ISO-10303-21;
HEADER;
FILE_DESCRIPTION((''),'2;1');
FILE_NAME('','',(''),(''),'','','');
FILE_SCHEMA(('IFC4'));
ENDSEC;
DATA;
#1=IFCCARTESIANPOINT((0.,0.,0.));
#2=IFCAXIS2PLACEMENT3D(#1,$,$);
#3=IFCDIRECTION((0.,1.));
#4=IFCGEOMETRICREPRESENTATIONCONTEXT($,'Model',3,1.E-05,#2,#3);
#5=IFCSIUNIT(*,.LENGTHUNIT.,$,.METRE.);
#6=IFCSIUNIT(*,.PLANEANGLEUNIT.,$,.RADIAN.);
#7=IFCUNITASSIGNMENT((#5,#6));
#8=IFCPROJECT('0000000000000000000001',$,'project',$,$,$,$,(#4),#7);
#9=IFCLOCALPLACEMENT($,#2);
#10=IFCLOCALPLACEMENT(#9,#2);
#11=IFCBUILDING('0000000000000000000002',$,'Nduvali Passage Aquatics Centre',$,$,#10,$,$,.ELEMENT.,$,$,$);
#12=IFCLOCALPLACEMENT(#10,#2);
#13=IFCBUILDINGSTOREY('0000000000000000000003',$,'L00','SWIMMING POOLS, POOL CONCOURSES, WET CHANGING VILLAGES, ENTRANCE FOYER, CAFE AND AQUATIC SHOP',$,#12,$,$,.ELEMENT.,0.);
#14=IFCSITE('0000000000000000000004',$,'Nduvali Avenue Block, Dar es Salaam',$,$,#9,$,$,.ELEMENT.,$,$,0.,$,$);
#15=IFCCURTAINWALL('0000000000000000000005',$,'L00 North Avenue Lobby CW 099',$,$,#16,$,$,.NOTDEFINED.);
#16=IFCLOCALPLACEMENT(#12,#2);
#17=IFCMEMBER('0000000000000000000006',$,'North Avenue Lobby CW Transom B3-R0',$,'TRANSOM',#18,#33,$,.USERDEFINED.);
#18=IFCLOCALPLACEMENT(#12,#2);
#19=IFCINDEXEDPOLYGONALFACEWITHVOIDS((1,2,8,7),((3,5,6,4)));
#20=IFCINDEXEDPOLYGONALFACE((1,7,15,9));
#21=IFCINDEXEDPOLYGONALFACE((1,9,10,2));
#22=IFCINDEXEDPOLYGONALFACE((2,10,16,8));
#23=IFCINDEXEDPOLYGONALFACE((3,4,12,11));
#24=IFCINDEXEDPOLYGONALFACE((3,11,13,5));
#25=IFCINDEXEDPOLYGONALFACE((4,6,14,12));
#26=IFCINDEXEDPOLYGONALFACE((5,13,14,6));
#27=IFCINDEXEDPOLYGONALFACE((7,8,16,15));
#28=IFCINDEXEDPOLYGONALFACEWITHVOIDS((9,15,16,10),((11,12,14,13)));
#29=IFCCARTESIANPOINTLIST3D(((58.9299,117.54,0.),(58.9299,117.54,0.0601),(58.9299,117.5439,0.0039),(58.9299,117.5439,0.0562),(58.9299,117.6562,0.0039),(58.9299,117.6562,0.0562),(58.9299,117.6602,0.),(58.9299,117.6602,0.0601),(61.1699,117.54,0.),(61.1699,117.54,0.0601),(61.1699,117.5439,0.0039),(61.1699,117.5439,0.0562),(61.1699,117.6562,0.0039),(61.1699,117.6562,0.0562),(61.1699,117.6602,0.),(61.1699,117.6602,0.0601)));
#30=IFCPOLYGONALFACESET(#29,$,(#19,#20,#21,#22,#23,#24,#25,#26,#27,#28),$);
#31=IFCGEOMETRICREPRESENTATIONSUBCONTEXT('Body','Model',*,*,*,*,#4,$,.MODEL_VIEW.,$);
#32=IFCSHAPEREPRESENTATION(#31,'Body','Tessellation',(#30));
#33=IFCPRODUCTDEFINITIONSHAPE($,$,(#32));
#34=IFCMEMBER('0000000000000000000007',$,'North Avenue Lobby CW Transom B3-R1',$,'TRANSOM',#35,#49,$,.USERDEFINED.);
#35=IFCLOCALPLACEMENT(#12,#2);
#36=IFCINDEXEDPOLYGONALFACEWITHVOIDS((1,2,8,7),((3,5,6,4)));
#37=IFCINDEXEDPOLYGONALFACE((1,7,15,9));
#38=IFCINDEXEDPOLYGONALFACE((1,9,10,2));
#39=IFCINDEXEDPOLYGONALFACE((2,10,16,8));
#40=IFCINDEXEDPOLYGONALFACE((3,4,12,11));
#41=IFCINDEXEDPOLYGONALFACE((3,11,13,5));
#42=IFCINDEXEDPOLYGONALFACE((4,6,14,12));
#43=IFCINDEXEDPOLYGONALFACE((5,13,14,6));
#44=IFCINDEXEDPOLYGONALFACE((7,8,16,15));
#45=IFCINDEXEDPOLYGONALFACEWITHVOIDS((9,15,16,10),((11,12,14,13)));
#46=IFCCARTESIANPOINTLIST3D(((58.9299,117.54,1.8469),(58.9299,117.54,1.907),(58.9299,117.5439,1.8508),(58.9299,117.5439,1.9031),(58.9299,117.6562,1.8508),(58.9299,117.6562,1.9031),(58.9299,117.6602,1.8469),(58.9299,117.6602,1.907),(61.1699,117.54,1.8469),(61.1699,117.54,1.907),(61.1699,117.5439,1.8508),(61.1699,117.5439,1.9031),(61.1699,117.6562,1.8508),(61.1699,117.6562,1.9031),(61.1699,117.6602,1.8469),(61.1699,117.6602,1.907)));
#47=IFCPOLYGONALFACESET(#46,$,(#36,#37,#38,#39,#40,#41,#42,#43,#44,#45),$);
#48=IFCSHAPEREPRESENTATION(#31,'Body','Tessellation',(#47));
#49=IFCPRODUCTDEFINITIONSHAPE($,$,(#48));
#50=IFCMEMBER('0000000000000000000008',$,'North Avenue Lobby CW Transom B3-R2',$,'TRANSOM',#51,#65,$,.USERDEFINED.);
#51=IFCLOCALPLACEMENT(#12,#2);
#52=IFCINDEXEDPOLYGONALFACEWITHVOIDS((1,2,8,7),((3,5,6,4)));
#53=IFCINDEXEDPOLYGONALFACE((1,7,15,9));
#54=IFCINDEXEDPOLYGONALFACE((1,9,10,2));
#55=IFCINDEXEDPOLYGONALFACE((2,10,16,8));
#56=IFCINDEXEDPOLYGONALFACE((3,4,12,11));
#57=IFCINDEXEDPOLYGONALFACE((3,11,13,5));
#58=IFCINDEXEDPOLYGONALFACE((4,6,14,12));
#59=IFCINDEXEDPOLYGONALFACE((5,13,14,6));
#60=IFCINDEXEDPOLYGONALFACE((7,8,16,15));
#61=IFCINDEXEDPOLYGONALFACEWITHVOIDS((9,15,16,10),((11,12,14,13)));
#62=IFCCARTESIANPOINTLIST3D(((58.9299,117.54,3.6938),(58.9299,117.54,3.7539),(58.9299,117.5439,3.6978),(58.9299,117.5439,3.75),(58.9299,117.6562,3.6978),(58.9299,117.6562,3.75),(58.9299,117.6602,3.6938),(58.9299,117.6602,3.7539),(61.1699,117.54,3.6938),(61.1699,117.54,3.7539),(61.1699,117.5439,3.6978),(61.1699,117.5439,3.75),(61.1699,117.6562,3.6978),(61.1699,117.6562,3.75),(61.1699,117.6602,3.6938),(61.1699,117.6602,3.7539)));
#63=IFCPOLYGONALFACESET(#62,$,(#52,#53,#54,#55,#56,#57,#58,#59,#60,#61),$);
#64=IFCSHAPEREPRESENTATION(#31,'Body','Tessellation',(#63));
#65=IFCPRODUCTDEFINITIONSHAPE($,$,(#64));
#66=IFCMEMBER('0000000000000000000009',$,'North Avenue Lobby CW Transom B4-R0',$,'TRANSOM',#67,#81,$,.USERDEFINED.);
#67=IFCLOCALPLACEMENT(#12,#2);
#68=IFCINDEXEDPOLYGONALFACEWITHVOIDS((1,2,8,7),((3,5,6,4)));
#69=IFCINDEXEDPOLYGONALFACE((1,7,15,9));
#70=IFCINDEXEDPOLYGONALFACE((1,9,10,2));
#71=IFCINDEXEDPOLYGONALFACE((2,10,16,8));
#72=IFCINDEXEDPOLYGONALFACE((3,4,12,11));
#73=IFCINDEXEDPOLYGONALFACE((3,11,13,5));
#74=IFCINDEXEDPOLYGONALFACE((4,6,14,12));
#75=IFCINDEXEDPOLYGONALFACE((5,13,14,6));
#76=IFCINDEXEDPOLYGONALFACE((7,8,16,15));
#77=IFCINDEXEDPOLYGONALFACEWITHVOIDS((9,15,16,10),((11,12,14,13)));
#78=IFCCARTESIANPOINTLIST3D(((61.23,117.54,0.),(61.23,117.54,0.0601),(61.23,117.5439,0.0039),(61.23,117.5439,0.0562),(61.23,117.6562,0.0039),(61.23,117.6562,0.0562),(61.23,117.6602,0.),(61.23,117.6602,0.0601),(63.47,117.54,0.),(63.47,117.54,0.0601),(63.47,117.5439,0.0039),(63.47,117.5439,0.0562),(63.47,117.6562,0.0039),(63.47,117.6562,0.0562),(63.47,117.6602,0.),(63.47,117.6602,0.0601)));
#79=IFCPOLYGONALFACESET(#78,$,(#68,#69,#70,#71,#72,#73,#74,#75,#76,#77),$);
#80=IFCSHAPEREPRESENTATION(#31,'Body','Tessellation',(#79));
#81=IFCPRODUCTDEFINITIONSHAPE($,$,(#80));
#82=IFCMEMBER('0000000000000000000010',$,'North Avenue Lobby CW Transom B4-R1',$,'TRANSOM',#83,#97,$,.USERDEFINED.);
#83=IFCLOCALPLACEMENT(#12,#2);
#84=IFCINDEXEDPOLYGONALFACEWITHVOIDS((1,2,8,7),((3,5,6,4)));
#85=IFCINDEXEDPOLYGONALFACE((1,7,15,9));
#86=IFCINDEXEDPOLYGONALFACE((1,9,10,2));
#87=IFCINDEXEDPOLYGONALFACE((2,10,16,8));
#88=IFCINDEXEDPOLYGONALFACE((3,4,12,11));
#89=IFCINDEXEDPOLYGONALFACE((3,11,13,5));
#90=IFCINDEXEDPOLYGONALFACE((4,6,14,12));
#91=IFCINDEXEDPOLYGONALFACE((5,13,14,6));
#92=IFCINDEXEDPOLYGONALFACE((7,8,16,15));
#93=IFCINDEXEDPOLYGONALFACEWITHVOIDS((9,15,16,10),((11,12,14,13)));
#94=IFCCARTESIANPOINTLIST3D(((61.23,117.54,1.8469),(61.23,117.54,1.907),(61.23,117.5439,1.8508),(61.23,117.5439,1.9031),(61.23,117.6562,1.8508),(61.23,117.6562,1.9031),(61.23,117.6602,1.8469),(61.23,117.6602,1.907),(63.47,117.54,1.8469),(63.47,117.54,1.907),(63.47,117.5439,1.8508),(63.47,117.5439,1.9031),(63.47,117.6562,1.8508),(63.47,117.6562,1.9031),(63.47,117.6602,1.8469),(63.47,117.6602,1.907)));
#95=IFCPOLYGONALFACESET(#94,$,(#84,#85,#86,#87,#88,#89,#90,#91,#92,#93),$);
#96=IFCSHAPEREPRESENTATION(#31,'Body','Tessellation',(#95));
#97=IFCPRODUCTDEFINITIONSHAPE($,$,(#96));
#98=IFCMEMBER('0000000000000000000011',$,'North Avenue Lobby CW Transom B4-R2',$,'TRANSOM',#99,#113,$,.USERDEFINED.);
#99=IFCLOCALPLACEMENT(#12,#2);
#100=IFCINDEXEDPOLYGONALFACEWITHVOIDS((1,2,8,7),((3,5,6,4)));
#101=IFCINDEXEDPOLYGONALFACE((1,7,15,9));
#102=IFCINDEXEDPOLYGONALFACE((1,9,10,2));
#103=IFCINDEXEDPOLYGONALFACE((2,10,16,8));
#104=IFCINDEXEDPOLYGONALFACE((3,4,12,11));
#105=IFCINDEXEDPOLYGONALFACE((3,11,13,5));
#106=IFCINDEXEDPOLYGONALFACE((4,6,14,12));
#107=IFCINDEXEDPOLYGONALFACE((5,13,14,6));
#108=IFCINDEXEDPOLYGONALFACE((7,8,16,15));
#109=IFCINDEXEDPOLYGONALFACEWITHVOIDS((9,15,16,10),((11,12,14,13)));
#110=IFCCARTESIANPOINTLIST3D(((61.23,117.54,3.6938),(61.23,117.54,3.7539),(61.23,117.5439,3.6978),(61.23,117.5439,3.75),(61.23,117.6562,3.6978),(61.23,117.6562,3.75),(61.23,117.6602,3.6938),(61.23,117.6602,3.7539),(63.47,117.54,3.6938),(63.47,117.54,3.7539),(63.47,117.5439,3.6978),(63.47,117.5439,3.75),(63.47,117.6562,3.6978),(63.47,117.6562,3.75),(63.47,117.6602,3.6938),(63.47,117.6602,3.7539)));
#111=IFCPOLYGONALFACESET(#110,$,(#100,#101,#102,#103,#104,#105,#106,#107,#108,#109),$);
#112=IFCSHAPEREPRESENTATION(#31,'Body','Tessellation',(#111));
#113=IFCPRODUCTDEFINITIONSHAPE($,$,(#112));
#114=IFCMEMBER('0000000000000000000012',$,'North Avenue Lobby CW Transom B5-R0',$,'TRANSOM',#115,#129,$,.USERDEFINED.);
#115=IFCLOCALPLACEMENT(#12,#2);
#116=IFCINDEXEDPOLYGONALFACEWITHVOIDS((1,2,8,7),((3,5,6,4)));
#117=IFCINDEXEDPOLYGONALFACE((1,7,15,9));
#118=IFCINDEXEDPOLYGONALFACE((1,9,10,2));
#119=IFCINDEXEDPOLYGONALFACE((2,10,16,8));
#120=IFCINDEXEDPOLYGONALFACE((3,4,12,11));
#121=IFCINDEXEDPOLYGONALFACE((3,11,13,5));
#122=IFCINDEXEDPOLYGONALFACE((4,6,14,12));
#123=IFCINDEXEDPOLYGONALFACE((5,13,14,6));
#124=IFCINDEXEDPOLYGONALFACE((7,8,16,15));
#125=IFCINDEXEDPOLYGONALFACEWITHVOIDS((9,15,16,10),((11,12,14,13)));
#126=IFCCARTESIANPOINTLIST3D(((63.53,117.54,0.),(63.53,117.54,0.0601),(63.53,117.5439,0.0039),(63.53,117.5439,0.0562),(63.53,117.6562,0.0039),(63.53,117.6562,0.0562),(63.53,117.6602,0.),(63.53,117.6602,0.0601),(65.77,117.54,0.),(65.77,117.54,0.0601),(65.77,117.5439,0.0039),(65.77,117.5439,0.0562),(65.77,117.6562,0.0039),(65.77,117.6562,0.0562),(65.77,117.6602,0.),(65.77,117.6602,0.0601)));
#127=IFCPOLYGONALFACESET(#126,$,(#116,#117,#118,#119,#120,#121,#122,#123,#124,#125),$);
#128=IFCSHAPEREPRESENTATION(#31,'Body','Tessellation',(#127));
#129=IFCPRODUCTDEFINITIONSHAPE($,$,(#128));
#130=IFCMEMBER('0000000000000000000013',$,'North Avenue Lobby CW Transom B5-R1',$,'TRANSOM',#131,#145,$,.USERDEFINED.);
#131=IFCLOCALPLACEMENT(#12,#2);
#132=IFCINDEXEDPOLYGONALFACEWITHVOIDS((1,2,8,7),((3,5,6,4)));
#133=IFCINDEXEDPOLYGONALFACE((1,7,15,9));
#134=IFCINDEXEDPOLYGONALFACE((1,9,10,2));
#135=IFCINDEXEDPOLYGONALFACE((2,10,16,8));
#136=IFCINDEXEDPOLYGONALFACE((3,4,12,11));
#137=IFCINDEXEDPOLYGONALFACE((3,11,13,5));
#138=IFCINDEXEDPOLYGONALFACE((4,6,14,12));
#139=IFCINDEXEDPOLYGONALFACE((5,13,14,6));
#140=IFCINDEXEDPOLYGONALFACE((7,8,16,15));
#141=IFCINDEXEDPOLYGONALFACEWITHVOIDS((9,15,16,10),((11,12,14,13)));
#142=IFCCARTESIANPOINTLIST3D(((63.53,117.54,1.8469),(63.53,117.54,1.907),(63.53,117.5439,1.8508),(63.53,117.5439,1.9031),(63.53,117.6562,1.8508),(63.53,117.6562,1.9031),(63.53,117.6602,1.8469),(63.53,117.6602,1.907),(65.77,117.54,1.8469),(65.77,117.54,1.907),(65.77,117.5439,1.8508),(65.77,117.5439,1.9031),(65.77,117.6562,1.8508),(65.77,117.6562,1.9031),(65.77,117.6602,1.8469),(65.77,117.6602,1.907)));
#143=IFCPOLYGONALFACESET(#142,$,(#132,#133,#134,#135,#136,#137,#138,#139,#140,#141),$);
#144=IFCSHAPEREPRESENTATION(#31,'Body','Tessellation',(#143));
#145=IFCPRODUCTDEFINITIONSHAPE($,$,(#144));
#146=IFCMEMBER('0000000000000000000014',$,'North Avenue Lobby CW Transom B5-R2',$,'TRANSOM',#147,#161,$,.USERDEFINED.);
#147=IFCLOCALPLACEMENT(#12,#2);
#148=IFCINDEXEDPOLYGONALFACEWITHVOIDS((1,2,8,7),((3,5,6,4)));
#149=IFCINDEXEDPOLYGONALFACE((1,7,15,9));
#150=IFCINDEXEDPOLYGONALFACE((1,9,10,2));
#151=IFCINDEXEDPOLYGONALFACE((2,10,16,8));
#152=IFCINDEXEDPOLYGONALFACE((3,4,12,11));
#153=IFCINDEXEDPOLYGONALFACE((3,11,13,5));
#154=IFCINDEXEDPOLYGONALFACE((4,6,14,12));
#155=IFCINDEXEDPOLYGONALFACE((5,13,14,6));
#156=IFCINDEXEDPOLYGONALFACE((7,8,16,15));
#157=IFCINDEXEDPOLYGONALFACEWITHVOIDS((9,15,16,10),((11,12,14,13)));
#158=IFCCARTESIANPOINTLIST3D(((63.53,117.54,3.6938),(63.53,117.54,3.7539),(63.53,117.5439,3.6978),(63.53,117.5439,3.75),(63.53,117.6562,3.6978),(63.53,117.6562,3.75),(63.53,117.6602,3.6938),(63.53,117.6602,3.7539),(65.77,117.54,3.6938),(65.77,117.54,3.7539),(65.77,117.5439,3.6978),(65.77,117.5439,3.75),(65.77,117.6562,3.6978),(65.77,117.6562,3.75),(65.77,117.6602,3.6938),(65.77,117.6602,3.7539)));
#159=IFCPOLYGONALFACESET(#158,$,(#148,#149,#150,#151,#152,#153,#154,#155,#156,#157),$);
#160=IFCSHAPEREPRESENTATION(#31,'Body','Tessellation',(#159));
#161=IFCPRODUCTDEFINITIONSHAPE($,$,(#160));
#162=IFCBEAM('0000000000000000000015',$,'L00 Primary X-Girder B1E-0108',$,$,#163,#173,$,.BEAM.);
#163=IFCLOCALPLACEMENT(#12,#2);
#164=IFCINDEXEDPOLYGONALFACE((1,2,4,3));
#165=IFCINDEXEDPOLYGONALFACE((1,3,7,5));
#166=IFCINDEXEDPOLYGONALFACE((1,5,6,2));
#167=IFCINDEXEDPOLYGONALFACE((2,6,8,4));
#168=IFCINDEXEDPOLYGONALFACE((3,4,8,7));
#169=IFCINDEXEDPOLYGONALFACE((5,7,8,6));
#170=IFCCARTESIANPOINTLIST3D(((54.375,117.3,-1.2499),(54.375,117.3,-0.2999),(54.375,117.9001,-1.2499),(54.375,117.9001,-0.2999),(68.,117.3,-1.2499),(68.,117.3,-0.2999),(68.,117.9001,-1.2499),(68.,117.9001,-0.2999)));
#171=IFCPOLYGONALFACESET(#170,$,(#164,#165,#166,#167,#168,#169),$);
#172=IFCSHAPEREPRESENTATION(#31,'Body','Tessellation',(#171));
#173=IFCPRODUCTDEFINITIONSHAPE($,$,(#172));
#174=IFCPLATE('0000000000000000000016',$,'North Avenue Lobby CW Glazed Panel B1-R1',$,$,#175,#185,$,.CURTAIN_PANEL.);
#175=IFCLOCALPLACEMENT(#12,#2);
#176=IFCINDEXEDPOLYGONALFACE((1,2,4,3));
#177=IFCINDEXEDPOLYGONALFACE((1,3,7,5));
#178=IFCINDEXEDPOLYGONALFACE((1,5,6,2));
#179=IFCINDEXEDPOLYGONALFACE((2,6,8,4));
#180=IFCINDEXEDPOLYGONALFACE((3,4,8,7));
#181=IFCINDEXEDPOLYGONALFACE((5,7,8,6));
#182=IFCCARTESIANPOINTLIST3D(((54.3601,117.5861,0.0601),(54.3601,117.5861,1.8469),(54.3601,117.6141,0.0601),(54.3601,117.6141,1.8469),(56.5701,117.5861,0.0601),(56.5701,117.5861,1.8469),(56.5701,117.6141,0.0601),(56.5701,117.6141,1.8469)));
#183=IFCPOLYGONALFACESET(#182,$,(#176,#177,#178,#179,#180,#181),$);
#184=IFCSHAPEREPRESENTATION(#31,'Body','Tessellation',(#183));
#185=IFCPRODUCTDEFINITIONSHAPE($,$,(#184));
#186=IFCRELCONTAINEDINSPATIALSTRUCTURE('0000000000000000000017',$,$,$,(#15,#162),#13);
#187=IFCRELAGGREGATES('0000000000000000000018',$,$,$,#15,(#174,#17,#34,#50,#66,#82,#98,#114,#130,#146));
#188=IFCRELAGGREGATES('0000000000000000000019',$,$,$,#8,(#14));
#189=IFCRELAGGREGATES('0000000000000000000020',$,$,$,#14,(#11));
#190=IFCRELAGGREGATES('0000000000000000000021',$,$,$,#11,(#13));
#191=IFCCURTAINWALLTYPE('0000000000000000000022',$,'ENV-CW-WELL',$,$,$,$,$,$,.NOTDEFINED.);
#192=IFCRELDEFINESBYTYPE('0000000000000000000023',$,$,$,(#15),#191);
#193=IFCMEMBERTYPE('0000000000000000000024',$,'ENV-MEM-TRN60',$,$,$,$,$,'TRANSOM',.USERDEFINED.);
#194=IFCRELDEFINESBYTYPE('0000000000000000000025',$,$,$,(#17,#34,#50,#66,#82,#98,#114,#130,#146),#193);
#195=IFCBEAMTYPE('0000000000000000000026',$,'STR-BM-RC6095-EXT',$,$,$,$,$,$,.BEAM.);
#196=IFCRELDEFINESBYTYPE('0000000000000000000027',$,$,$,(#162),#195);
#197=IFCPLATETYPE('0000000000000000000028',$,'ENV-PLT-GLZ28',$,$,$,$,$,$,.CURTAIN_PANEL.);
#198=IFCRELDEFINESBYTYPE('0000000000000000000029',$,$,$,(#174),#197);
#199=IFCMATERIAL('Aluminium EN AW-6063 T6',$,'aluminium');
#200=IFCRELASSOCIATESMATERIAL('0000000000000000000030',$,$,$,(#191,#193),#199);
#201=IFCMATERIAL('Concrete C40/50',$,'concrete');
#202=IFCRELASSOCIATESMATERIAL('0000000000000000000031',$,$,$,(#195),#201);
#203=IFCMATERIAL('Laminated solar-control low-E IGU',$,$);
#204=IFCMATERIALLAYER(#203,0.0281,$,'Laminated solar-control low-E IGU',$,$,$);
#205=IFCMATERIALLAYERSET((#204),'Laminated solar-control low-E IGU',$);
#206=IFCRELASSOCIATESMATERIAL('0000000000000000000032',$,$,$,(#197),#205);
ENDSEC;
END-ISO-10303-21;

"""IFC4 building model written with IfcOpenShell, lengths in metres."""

from ifc_helpers import new_model, si_unit, direction, frame, origin, origin_2d, place, context, subcontext, project, spatial, rectangle, hollow_rectangle, extrude, material, layer, layer_set, material_profile, profile_set, type_object, element, aggregate, save


model = new_model("IFC4")

# Units and contexts
model_context = context("Model", 3, precision=1e-05, world=origin(), true_north=direction((0.0, 1.0)))
body_context = subcontext(model_context, "Body", "Model", "MODEL_VIEW")
ifc_project = project(units=[si_unit("LENGTHUNIT", "METRE"), si_unit("PLANEANGLEUNIT", "RADIAN")], contexts=[model_context])

# Site, building, storey
site_placement = place(None, origin())
site = spatial("IfcSite", under=ifc_project, at=site_placement, Name="Nduvali Avenue Block, Dar es Salaam", CompositionType="ELEMENT", RefElevation=0.0)
building_placement = place(site_placement, origin())
building = spatial("IfcBuilding", under=site, at=building_placement, Name="Nduvali Passage Aquatics Centre", CompositionType="ELEMENT")
storey_placement = place(building_placement, origin())
storey = spatial("IfcBuildingStorey", under=building, at=storey_placement, Name="L00", Description="SWIMMING POOLS, POOL CONCOURSES, WET CHANGING VILLAGES, ENTRANCE FOYER, CAFE AND AQUATIC SHOP", CompositionType="ELEMENT", Elevation=0.0)

# Curtain wall, members
ifc_material_1 = material(Name="Aluminium EN AW-6063 T6", Category="aluminium")
curtain_wall_type = type_object("IfcCurtainWallType", Name="ENV-CW-WELL", PredefinedType="NOTDEFINED", material=ifc_material_1)
curtain_wall_placement = place(storey_placement, origin())
curtain_wall = element("IfcCurtainWall", 1, at=curtain_wall_placement, inside=storey, type_object=curtain_wall_type, Name="L00 North Avenue Lobby CW 099", PredefinedType="NOTDEFINED")
ifc_material_profile_1 = material_profile(ifc_material_1, hollow_rectangle(XDim=0.1201, YDim=0.0601, WallThickness=0.0039, at=origin_2d()), Name="ALU TRANSOM 120x60x4")
ifc_profile_set_1 = profile_set([ifc_material_profile_1], Name="Aluminium EN AW-6063 T6")
member_type_1 = type_object("IfcMemberType", Name="ENV-MEM-TRN60", ElementType="TRANSOM", PredefinedType="USERDEFINED", material=ifc_profile_set_1)
member_1_placement = place(storey_placement, frame((58.9299, 117.6001, 0.03), z_axis=(1.0, 0.0, 0.0), x_axis=(0.0, 1.0, 0.0)))
member_1 = element("IfcMember", 2, at=member_1_placement, type_object=member_type_1, Name="North Avenue Lobby CW Transom B3-R0", ObjectType="TRANSOM", PredefinedType="USERDEFINED", context=body_context, shape_type="SweptSolid", body=[
    extrude(hollow_rectangle(XDim=0.1201, YDim=0.0601, WallThickness=0.0039, at=origin_2d()), origin(), (0.0, 0.0, 1.0), 2.24),
])
member_2_placement = place(storey_placement, frame((58.9299, 117.6001, 1.877), z_axis=(1.0, 0.0, 0.0), x_axis=(0.0, 1.0, 0.0)))
member_2 = element("IfcMember", 3, at=member_2_placement, type_object=member_type_1, Name="North Avenue Lobby CW Transom B3-R1", ObjectType="TRANSOM", PredefinedType="USERDEFINED", context=body_context, shape_type="SweptSolid", body=[
    extrude(hollow_rectangle(XDim=0.1201, YDim=0.0601, WallThickness=0.0039, at=origin_2d()), origin(), (0.0, 0.0, 1.0), 2.24),
])
member_3_placement = place(storey_placement, frame((58.9299, 117.6001, 3.7239), z_axis=(1.0, 0.0, 0.0), x_axis=(0.0, 1.0, 0.0)))
member_3 = element("IfcMember", 4, at=member_3_placement, type_object=member_type_1, Name="North Avenue Lobby CW Transom B3-R2", ObjectType="TRANSOM", PredefinedType="USERDEFINED", context=body_context, shape_type="SweptSolid", body=[
    extrude(hollow_rectangle(XDim=0.1201, YDim=0.0601, WallThickness=0.0039, at=origin_2d()), origin(), (0.0, 0.0, 1.0), 2.24),
])
member_4_placement = place(storey_placement, frame((61.23, 117.6001, 0.03), z_axis=(1.0, 0.0, 0.0), x_axis=(0.0, 1.0, 0.0)))
member_4 = element("IfcMember", 5, at=member_4_placement, type_object=member_type_1, Name="North Avenue Lobby CW Transom B4-R0", ObjectType="TRANSOM", PredefinedType="USERDEFINED", context=body_context, shape_type="SweptSolid", body=[
    extrude(hollow_rectangle(XDim=0.1201, YDim=0.0601, WallThickness=0.0039, at=origin_2d()), origin(), (0.0, 0.0, 1.0), 2.24),
])
member_5_placement = place(storey_placement, frame((61.23, 117.6001, 1.877), z_axis=(1.0, 0.0, 0.0), x_axis=(0.0, 1.0, 0.0)))
member_5 = element("IfcMember", 6, at=member_5_placement, type_object=member_type_1, Name="North Avenue Lobby CW Transom B4-R1", ObjectType="TRANSOM", PredefinedType="USERDEFINED", context=body_context, shape_type="SweptSolid", body=[
    extrude(hollow_rectangle(XDim=0.1201, YDim=0.0601, WallThickness=0.0039, at=origin_2d()), origin(), (0.0, 0.0, 1.0), 2.24),
])
member_6_placement = place(storey_placement, frame((61.23, 117.6001, 3.7239), z_axis=(1.0, 0.0, 0.0), x_axis=(0.0, 1.0, 0.0)))
member_6 = element("IfcMember", 7, at=member_6_placement, type_object=member_type_1, Name="North Avenue Lobby CW Transom B4-R2", ObjectType="TRANSOM", PredefinedType="USERDEFINED", context=body_context, shape_type="SweptSolid", body=[
    extrude(hollow_rectangle(XDim=0.1201, YDim=0.0601, WallThickness=0.0039, at=origin_2d()), origin(), (0.0, 0.0, 1.0), 2.24),
])
member_7_placement = place(storey_placement, frame((63.53, 117.6001, 0.03), z_axis=(1.0, 0.0, 0.0), x_axis=(0.0, 1.0, 0.0)))
member_7 = element("IfcMember", 8, at=member_7_placement, type_object=member_type_1, Name="North Avenue Lobby CW Transom B5-R0", ObjectType="TRANSOM", PredefinedType="USERDEFINED", context=body_context, shape_type="SweptSolid", body=[
    extrude(hollow_rectangle(XDim=0.1201, YDim=0.0601, WallThickness=0.0039, at=origin_2d()), origin(), (0.0, 0.0, 1.0), 2.24),
])
member_8_placement = place(storey_placement, frame((63.53, 117.6001, 1.877), z_axis=(1.0, 0.0, 0.0), x_axis=(0.0, 1.0, 0.0)))
member_8 = element("IfcMember", 9, at=member_8_placement, type_object=member_type_1, Name="North Avenue Lobby CW Transom B5-R1", ObjectType="TRANSOM", PredefinedType="USERDEFINED", context=body_context, shape_type="SweptSolid", body=[
    extrude(hollow_rectangle(XDim=0.1201, YDim=0.0601, WallThickness=0.0039, at=origin_2d()), origin(), (0.0, 0.0, 1.0), 2.24),
])
member_9_placement = place(storey_placement, frame((63.53, 117.6001, 3.7239), z_axis=(1.0, 0.0, 0.0), x_axis=(0.0, 1.0, 0.0)))
member_9 = element("IfcMember", 10, at=member_9_placement, type_object=member_type_1, Name="North Avenue Lobby CW Transom B5-R2", ObjectType="TRANSOM", PredefinedType="USERDEFINED", context=body_context, shape_type="SweptSolid", body=[
    extrude(hollow_rectangle(XDim=0.1201, YDim=0.0601, WallThickness=0.0039, at=origin_2d()), origin(), (0.0, 0.0, 1.0), 2.24),
])

# Beam
ifc_material_2 = material(Name="Concrete C40/50", Category="concrete")
ifc_material_profile_2 = material_profile(ifc_material_2, rectangle(XDim=0.6001, YDim=0.95, at=origin_2d()), Name="RC 600x950")
ifc_profile_set_2 = profile_set([ifc_material_profile_2], Name="Concrete C40/50")
beam_type = type_object("IfcBeamType", Name="STR-BM-RC6095-EXT", PredefinedType="BEAM", material=ifc_profile_set_2)
beam_placement = place(storey_placement, frame((54.375, 117.6001, -0.7749), z_axis=(1.0, 0.0, 0.0), x_axis=(0.0, 1.0, 0.0)))
element("IfcBeam", 11, at=beam_placement, inside=storey, type_object=beam_type, Name="L00 Primary X-Girder B1E-0108", PredefinedType="BEAM", context=body_context, shape_type="SweptSolid", body=[
    extrude(rectangle(XDim=0.6001, YDim=0.95, at=origin_2d()), origin(), (0.0, 0.0, 1.0), 13.625),
])

# Plate
ifc_material_3 = material(Name="Laminated solar-control low-E IGU")
ifc_layer = layer(ifc_material_3, 0.0281, Name="Laminated solar-control low-E IGU")
ifc_layer_set = layer_set([ifc_layer], Name="Laminated solar-control low-E IGU")
plate_type = type_object("IfcPlateType", Name="ENV-PLT-GLZ28", PredefinedType="CURTAIN_PANEL", material=ifc_layer_set)
plate_1_placement = place(storey_placement, frame((55.4651, 117.6001, 0.0601), z_axis=(0.0, 0.0, 1.0), x_axis=(1.0, 0.0, 0.0)))
plate_1 = element("IfcPlate", 12, at=plate_1_placement, type_object=plate_type, Name="North Avenue Lobby CW Glazed Panel B1-R1", PredefinedType="CURTAIN_PANEL", context=body_context, shape_type="SweptSolid", body=[
    extrude(rectangle(XDim=2.21, YDim=0.0281, at=origin_2d()), origin(), (0.0, 0.0, 1.0), 1.7869),
])
aggregate(curtain_wall, [plate_1, member_1, member_2, member_3, member_4, member_5, member_6, member_7, member_8, member_9])

save(model, "model.ifc")
